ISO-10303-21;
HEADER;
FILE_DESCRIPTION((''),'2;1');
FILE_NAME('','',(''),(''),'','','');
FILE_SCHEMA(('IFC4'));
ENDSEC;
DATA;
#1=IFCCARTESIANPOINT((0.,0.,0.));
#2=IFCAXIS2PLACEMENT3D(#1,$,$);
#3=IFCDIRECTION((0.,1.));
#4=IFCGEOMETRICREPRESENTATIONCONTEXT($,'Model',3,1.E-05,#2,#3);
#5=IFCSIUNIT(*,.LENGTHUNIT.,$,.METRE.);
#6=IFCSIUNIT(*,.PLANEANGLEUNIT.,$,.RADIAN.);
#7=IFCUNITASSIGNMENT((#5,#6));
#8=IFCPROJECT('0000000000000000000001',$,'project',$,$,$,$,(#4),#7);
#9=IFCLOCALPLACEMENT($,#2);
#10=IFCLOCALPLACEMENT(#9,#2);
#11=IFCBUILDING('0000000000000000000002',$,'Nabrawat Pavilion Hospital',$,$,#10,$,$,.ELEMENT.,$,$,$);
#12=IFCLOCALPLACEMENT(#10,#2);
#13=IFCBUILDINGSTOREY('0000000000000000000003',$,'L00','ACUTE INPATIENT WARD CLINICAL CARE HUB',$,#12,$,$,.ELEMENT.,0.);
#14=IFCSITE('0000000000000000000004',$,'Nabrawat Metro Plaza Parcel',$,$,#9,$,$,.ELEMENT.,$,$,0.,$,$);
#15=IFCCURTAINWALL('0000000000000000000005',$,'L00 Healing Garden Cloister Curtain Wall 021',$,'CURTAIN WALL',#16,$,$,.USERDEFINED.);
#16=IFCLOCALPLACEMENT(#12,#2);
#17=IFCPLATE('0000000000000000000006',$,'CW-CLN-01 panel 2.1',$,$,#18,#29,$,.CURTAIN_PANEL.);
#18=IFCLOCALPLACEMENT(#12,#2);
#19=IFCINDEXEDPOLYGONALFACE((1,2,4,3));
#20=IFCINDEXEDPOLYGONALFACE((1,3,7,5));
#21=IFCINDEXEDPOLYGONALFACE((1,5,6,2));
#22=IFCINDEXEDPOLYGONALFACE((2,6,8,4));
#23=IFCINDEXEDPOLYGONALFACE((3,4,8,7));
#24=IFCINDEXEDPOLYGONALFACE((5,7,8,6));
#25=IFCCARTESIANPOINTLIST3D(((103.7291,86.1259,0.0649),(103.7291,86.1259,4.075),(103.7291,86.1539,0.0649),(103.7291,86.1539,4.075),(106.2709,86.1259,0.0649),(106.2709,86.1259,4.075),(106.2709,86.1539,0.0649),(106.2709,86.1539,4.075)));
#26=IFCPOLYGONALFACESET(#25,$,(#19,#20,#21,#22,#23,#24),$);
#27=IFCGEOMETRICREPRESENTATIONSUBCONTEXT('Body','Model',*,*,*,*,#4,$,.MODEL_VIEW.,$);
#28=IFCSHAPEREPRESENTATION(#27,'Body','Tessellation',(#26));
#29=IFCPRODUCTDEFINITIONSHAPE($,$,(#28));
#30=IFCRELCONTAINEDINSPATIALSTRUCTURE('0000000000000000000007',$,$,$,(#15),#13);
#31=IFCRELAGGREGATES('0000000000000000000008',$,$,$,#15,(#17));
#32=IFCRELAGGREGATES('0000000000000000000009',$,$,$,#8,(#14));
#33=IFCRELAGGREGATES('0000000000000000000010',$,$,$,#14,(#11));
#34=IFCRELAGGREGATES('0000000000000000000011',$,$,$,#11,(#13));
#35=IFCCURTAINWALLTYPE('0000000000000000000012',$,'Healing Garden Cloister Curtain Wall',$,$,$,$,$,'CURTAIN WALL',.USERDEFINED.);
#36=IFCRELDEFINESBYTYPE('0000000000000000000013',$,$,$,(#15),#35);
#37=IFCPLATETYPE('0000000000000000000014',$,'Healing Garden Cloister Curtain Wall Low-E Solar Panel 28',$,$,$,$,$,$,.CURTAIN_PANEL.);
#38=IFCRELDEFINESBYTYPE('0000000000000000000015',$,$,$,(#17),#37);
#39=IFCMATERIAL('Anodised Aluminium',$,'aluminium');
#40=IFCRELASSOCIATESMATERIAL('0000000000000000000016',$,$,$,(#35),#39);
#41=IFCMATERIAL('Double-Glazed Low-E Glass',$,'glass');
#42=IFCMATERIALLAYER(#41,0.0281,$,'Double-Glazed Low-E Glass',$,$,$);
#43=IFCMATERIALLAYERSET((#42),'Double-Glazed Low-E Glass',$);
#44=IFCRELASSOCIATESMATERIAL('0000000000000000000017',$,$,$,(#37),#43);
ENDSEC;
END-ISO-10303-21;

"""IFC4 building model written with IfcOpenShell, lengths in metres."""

from ifc_helpers import new_model, si_unit, direction, frame, origin, origin_2d, place, context, subcontext, project, spatial, rectangle, extrude, material, layer, layer_set, type_object, element, aggregate, save


model = new_model("IFC4")

# Units and contexts
model_context = context("Model", 3, precision=1e-05, world=origin(), true_north=direction((0.0, 1.0)))
body_context = subcontext(model_context, "Body", "Model", "MODEL_VIEW")
ifc_project = project(units=[si_unit("LENGTHUNIT", "METRE"), si_unit("PLANEANGLEUNIT", "RADIAN")], contexts=[model_context])

# Site, building, storey
site_placement = place(None, origin())
site = spatial("IfcSite", under=ifc_project, at=site_placement, Name="Nabrawat Metro Plaza Parcel", CompositionType="ELEMENT", RefElevation=0.0)
building_placement = place(site_placement, origin())
building = spatial("IfcBuilding", under=site, at=building_placement, Name="Nabrawat Pavilion Hospital", CompositionType="ELEMENT")
storey_placement = place(building_placement, origin())
storey = spatial("IfcBuildingStorey", under=building, at=storey_placement, Name="L00", Description="ACUTE INPATIENT WARD CLINICAL CARE HUB", CompositionType="ELEMENT", Elevation=0.0)

# Curtain wall
ifc_material_1 = material(Name="Anodised Aluminium", Category="aluminium")
curtain_wall_type = type_object("IfcCurtainWallType", Name="Healing Garden Cloister Curtain Wall", ElementType="CURTAIN WALL", PredefinedType="USERDEFINED", material=ifc_material_1)
curtain_wall_1_placement = place(storey_placement, origin())
curtain_wall_1 = element("IfcCurtainWall", 1, at=curtain_wall_1_placement, inside=storey, type_object=curtain_wall_type, Name="L00 Healing Garden Cloister Curtain Wall 021", ObjectType="CURTAIN WALL", PredefinedType="USERDEFINED")

# Plate
ifc_material_2 = material(Name="Double-Glazed Low-E Glass", Category="glass")
ifc_layer = layer(ifc_material_2, 0.0281, Name="Double-Glazed Low-E Glass")
ifc_layer_set = layer_set([ifc_layer], Name="Double-Glazed Low-E Glass")
plate_type = type_object("IfcPlateType", Name="Healing Garden Cloister Curtain Wall Low-E Solar Panel 28", PredefinedType="CURTAIN_PANEL", material=ifc_layer_set)
plate_1_placement = place(storey_placement, frame((105.0, 86.1399, 0.0649), z_axis=(0.0, 0.0, 1.0), x_axis=(1.0, 0.0, 0.0)))
plate_1 = element("IfcPlate", 2, at=plate_1_placement, type_object=plate_type, Name="CW-CLN-01 panel 2.1", PredefinedType="CURTAIN_PANEL", context=body_context, shape_type="SweptSolid", body=[
    extrude(rectangle(XDim=2.5417, YDim=0.0281, at=origin_2d()), origin(), (0.0, 0.0, 1.0), 4.01),
])
aggregate(curtain_wall_1, [plate_1])

save(model, "model.ifc")
